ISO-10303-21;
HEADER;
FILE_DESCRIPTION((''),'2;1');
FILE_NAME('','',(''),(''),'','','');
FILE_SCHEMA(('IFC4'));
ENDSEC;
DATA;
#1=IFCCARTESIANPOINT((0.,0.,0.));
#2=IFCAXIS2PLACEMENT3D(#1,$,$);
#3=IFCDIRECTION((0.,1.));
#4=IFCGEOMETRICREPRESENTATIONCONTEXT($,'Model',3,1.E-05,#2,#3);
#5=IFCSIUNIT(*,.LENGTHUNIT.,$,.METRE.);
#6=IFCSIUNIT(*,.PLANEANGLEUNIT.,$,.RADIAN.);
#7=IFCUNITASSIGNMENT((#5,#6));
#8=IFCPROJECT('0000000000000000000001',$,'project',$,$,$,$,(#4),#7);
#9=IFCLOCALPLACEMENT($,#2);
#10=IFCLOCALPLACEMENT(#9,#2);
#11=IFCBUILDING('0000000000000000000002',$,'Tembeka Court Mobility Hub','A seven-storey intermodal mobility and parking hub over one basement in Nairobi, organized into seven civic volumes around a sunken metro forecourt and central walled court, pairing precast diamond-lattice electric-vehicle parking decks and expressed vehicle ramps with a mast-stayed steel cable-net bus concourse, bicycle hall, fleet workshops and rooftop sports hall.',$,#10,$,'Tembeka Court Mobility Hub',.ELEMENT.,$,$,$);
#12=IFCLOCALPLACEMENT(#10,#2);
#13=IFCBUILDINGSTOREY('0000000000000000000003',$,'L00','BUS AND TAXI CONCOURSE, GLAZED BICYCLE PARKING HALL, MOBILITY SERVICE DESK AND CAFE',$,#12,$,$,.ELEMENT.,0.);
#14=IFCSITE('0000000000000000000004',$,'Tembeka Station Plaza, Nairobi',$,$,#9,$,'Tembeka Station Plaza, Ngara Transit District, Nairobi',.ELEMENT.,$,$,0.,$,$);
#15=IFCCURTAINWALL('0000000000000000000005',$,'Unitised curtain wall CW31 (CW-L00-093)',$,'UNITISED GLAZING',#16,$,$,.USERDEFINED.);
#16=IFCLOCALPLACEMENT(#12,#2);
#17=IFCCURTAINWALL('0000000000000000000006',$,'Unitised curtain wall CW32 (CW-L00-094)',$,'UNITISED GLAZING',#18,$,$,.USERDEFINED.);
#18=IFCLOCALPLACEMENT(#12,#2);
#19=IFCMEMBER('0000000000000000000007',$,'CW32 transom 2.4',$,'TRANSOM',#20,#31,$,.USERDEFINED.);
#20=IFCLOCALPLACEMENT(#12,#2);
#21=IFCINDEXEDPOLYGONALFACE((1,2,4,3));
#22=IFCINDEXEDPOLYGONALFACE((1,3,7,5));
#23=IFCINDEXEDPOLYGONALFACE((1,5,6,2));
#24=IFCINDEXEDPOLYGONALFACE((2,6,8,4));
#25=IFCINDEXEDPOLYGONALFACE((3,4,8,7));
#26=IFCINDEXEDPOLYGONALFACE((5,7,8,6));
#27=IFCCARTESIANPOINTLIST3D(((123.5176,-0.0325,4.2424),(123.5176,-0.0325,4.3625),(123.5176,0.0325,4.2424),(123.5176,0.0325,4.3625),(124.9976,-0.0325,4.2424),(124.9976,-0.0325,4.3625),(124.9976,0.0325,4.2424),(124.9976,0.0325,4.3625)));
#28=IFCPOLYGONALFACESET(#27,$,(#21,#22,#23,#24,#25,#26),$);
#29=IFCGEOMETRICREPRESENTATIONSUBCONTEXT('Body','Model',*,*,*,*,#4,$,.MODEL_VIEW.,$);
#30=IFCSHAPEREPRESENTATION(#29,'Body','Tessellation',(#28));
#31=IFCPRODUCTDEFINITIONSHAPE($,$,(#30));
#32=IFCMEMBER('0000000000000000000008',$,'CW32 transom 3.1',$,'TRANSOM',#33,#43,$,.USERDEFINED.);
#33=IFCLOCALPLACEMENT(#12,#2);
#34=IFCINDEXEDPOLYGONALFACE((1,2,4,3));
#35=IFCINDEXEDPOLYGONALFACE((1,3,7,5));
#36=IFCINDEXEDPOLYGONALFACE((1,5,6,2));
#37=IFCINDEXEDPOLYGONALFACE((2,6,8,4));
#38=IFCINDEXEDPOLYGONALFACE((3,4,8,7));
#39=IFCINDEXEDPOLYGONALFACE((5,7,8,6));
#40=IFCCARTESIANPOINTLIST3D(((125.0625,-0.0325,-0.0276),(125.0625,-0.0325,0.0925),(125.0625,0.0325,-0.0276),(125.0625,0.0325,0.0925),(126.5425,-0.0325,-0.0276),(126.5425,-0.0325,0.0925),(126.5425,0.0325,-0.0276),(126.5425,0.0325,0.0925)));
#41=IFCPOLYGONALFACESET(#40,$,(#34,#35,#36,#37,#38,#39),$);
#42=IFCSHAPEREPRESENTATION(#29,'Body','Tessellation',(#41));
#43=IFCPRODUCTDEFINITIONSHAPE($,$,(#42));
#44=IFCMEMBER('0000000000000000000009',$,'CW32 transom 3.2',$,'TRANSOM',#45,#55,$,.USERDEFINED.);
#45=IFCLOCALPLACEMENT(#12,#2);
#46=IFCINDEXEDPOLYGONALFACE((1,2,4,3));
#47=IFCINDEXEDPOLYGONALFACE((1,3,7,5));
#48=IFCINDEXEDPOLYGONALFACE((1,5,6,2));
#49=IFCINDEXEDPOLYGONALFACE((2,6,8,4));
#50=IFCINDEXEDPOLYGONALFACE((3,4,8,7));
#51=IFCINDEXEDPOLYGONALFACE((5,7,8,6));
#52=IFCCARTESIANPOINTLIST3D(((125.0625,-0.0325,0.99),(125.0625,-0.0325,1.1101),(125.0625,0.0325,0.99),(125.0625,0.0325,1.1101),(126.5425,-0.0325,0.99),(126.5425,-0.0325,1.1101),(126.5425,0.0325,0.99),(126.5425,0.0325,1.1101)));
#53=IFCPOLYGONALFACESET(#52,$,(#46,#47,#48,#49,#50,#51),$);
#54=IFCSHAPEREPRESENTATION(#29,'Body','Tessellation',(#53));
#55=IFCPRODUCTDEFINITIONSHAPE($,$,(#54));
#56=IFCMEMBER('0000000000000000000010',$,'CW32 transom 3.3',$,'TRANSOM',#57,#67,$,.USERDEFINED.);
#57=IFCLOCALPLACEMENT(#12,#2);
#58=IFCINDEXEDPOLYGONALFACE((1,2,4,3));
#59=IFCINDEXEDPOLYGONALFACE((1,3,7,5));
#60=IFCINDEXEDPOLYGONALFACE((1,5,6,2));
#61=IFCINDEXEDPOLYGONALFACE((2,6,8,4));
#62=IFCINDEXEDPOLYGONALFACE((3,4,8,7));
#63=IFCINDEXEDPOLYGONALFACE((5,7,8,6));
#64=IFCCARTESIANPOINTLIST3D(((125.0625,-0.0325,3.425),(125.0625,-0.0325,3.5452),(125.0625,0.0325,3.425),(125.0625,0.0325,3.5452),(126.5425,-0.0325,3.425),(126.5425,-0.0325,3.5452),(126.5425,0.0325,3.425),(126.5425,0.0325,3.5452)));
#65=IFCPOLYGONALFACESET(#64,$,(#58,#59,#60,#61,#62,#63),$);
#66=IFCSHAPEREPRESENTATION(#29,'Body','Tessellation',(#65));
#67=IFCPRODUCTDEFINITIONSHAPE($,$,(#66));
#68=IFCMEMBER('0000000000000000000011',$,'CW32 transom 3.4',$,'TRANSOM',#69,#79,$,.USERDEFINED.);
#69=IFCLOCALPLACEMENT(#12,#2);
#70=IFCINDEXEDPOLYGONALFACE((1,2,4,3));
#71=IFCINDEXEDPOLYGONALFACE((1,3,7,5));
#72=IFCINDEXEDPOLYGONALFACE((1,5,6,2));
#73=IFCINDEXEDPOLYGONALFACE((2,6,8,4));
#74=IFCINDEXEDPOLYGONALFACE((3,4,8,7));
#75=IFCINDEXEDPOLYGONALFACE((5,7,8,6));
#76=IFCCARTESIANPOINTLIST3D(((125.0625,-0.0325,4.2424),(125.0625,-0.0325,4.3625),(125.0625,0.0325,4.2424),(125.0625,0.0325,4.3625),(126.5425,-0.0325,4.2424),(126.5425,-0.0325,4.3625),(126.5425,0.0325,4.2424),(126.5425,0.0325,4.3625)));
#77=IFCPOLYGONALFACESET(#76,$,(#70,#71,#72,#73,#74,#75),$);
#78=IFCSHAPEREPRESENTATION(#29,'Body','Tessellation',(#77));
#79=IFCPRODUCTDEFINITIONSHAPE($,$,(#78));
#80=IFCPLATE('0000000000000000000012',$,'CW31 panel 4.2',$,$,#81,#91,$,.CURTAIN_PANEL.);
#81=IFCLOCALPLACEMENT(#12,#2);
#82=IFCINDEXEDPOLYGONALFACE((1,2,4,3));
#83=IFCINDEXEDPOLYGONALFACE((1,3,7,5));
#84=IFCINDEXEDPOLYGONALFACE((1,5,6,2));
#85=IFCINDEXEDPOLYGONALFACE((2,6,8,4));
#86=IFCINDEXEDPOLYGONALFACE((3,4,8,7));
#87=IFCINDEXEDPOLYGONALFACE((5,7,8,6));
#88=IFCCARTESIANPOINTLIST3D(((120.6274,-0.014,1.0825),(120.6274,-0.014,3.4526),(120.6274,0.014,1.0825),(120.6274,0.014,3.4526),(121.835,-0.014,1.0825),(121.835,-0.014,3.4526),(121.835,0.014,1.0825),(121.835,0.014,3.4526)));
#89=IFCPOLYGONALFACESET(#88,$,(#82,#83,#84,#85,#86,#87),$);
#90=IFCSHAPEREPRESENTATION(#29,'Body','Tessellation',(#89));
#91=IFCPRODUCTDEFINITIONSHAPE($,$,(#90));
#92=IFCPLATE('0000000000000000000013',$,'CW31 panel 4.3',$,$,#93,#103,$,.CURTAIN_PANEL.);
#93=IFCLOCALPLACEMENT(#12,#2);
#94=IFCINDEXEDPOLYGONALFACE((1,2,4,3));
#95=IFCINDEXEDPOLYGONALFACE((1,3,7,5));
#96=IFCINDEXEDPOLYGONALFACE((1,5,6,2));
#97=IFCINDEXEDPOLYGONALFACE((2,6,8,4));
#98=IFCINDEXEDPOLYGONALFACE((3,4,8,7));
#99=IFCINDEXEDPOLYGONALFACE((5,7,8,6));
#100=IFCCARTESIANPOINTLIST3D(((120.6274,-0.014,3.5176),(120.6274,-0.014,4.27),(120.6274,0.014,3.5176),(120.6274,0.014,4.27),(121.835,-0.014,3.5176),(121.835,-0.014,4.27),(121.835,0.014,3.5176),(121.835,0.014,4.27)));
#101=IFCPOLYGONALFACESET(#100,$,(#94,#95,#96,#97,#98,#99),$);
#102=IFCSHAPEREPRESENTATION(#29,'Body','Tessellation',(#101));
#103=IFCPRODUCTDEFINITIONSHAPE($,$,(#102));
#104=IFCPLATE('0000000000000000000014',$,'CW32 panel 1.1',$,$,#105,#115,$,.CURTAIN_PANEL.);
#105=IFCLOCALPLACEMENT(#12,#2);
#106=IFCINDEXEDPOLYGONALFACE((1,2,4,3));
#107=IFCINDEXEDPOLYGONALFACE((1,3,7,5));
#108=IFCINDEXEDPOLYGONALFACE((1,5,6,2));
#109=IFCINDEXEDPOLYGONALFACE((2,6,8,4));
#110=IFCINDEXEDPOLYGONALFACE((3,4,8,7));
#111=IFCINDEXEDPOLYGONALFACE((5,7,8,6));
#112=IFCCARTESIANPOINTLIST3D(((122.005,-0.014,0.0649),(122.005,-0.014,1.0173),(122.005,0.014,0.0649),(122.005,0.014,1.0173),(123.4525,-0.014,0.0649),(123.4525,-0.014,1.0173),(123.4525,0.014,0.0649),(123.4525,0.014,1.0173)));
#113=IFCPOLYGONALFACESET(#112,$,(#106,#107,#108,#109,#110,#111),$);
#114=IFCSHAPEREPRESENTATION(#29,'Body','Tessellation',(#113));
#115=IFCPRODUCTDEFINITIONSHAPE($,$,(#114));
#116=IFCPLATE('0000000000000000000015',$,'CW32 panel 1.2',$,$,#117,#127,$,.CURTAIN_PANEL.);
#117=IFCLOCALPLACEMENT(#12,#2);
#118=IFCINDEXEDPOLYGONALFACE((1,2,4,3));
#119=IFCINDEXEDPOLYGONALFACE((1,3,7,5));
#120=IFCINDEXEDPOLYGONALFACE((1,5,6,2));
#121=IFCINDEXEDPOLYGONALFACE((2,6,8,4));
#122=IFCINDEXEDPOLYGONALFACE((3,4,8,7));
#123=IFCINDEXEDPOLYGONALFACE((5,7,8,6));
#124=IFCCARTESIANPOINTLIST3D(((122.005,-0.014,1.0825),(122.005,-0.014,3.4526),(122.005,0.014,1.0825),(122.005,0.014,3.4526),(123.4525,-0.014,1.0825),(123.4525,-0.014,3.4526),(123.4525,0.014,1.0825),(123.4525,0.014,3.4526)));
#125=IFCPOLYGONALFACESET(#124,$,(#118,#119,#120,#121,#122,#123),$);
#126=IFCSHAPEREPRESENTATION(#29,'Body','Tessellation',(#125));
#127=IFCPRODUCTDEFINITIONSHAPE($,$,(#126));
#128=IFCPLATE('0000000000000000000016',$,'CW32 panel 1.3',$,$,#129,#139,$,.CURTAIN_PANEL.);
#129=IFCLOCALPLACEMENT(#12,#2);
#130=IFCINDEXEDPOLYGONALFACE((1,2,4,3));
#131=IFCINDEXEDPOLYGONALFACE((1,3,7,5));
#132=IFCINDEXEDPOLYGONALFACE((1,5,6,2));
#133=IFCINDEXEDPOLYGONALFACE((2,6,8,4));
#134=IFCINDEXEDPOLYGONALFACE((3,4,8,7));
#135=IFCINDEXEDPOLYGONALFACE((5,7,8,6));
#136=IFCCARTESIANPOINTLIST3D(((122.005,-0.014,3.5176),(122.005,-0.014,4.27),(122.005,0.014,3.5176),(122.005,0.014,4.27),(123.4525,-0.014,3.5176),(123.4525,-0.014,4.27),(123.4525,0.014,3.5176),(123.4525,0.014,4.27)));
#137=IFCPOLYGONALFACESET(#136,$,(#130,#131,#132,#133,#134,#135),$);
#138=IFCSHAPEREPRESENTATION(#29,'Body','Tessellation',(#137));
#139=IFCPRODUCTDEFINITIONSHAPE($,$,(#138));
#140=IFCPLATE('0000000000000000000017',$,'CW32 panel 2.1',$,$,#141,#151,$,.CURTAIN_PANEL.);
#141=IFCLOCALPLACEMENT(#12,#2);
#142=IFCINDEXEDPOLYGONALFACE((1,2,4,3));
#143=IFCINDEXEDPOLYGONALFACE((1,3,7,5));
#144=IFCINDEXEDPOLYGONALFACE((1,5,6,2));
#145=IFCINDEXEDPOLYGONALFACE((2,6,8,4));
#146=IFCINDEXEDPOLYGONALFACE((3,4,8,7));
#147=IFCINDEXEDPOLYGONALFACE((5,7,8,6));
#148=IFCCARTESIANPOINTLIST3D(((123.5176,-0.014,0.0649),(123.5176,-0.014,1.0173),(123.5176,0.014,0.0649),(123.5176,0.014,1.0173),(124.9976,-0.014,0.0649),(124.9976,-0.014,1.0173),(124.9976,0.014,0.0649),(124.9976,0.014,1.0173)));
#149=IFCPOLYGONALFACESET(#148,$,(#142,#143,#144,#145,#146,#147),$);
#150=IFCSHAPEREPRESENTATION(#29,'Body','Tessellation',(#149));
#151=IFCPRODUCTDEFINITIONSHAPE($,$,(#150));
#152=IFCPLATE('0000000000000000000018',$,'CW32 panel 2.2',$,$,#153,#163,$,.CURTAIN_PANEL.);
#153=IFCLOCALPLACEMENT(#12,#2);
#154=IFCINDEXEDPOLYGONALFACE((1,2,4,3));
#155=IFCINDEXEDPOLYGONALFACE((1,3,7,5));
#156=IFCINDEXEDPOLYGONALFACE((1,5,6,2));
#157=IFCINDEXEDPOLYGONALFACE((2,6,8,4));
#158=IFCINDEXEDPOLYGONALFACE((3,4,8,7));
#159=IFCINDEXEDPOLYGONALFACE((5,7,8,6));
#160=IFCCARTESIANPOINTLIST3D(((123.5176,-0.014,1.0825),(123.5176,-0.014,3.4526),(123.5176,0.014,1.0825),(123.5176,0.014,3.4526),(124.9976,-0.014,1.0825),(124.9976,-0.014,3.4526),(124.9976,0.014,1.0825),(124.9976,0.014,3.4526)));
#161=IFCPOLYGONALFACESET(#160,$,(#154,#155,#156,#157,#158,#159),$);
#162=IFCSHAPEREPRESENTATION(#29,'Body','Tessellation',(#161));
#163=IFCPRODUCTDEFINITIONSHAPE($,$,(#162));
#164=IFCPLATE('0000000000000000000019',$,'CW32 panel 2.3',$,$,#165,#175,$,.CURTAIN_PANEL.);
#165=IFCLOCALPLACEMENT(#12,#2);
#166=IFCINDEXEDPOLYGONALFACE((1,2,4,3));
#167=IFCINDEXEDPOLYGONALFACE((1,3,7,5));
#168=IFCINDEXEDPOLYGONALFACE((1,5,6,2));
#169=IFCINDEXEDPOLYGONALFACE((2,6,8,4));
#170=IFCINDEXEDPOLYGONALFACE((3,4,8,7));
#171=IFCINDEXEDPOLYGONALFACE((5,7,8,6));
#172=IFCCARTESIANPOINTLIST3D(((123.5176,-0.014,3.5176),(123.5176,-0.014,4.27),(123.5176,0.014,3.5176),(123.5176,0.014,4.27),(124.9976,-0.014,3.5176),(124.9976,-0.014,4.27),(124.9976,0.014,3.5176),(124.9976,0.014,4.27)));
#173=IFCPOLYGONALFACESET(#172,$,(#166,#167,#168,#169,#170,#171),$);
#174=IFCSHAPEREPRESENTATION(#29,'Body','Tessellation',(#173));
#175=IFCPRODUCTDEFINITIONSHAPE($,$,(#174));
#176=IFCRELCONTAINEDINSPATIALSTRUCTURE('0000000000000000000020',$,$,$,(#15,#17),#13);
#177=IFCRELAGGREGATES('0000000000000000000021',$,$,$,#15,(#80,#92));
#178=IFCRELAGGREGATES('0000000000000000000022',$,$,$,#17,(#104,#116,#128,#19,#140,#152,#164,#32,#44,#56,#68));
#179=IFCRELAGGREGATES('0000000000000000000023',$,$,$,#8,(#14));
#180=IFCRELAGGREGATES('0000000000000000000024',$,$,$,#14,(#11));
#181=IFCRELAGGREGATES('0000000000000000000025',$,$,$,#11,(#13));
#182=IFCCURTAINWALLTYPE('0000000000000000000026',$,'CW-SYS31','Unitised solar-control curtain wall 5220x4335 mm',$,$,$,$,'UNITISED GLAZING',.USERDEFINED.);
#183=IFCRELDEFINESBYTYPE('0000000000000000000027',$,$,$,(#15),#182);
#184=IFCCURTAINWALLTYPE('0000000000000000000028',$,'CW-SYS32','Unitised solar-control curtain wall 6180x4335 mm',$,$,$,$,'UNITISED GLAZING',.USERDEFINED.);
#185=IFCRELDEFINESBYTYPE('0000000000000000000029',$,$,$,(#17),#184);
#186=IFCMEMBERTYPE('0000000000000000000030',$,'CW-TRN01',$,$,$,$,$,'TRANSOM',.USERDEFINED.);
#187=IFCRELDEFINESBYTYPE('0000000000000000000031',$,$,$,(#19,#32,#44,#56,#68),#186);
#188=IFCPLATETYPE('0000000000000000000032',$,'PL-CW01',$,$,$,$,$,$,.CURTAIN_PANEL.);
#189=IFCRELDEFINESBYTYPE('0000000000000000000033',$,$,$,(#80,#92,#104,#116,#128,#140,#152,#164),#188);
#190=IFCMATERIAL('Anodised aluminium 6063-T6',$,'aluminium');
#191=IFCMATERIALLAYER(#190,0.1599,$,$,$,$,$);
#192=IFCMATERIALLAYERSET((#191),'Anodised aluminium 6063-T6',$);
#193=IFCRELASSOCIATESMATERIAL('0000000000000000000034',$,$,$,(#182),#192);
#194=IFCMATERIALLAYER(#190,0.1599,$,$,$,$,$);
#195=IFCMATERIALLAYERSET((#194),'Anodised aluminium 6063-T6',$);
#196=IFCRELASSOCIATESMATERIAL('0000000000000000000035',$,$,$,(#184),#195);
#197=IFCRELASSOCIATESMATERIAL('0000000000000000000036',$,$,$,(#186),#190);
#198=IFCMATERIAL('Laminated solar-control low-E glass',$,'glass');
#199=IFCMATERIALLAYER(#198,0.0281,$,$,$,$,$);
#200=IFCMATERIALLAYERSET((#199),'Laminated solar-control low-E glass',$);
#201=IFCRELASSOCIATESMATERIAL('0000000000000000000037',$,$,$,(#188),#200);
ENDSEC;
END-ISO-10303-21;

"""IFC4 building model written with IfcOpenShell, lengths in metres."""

from ifc_helpers import new_model, si_unit, direction, frame, origin, origin_2d, place, context, subcontext, project, spatial, rectangle, extrude, material, layer, layer_set, material_profile, profile_set, type_object, element, aggregate, save


model = new_model("IFC4")

# Units and contexts
model_context = context("Model", 3, precision=1e-05, world=origin(), true_north=direction((0.0, 1.0)))
body_context = subcontext(model_context, "Body", "Model", "MODEL_VIEW")
ifc_project = project(units=[si_unit("LENGTHUNIT", "METRE"), si_unit("PLANEANGLEUNIT", "RADIAN")], contexts=[model_context])

# Site, building, storey
site_placement = place(None, origin())
site = spatial("IfcSite", under=ifc_project, at=site_placement, Name="Tembeka Station Plaza, Nairobi", LongName="Tembeka Station Plaza, Ngara Transit District, Nairobi", CompositionType="ELEMENT", RefElevation=0.0)
building_placement = place(site_placement, origin())
building = spatial("IfcBuilding", under=site, at=building_placement, Name="Tembeka Court Mobility Hub", Description="A seven-storey intermodal mobility and parking hub over one basement in Nairobi, organized into seven civic volumes around a sunken metro forecourt and central walled court, pairing precast diamond-lattice electric-vehicle parking decks and expressed vehicle ramps with a mast-stayed steel cable-net bus concourse, bicycle hall, fleet workshops and rooftop sports hall.", LongName="Tembeka Court Mobility Hub", CompositionType="ELEMENT")
storey_placement = place(building_placement, origin())
storey = spatial("IfcBuildingStorey", under=building, at=storey_placement, Name="L00", Description="BUS AND TAXI CONCOURSE, GLAZED BICYCLE PARKING HALL, MOBILITY SERVICE DESK AND CAFE", CompositionType="ELEMENT", Elevation=0.0)

# Curtain wall
ifc_material_1 = material(Name="Anodised aluminium 6063-T6", Category="aluminium")
ifc_layer_1 = layer(ifc_material_1, 0.1599)
ifc_layer_set_1 = layer_set([ifc_layer_1], Name="Anodised aluminium 6063-T6")
curtain_wall_type_1 = type_object("IfcCurtainWallType", Name="CW-SYS31", Description="Unitised solar-control curtain wall 5220x4335 mm", ElementType="UNITISED GLAZING", PredefinedType="USERDEFINED", material=ifc_layer_set_1)
curtain_wall_1_placement = place(storey_placement, origin())
curtain_wall_1 = element("IfcCurtainWall", 1, at=curtain_wall_1_placement, inside=storey, type_object=curtain_wall_type_1, Name="Unitised curtain wall CW31 (CW-L00-093)", ObjectType="UNITISED GLAZING", PredefinedType="USERDEFINED")

# Curtain wall, members
ifc_layer_2 = layer(ifc_material_1, 0.1599)
ifc_layer_set_2 = layer_set([ifc_layer_2], Name="Anodised aluminium 6063-T6")
curtain_wall_type_2 = type_object("IfcCurtainWallType", Name="CW-SYS32", Description="Unitised solar-control curtain wall 6180x4335 mm", ElementType="UNITISED GLAZING", PredefinedType="USERDEFINED", material=ifc_layer_set_2)
curtain_wall_2_placement = place(storey_placement, origin())
curtain_wall_2 = element("IfcCurtainWall", 2, at=curtain_wall_2_placement, inside=storey, type_object=curtain_wall_type_2, Name="Unitised curtain wall CW32 (CW-L00-094)", ObjectType="UNITISED GLAZING", PredefinedType="USERDEFINED")
ifc_material_profile_1 = material_profile(ifc_material_1, rectangle(XDim=0.0649, YDim=0.1201, at=origin_2d()), Name="ALU-TRN 65x120")
ifc_profile_set_1 = profile_set([ifc_material_profile_1], Name="Anodised aluminium 6063-T6")
member_type_1 = type_object("IfcMemberType", Name="CW-TRN01", ElementType="TRANSOM", PredefinedType="USERDEFINED", material=ifc_profile_set_1)
member_1_placement = place(storey_placement, frame((123.5176, 0.0, 4.3025), z_axis=(1.0, 0.0, 0.0), x_axis=(0.0, 1.0, 0.0)))
member_1 = element("IfcMember", 3, at=member_1_placement, type_object=member_type_1, Name="CW32 transom 2.4", ObjectType="TRANSOM", PredefinedType="USERDEFINED", context=body_context, shape_type="SweptSolid", body=[
    extrude(rectangle(XDim=0.0649, YDim=0.1201, at=origin_2d()), origin(), (0.0, 0.0, 1.0), 1.48),
])
member_2_placement = place(storey_placement, frame((125.0625, 0.0, 0.0325), z_axis=(1.0, 0.0, 0.0), x_axis=(0.0, 1.0, 0.0)))
member_2 = element("IfcMember", 4, at=member_2_placement, type_object=member_type_1, Name="CW32 transom 3.1", ObjectType="TRANSOM", PredefinedType="USERDEFINED", context=body_context, shape_type="SweptSolid", body=[
    extrude(rectangle(XDim=0.0649, YDim=0.1201, at=origin_2d()), origin(), (0.0, 0.0, 1.0), 1.48),
])
member_3_placement = place(storey_placement, frame((125.0625, 0.0, 1.05), z_axis=(1.0, 0.0, 0.0), x_axis=(0.0, 1.0, 0.0)))
member_3 = element("IfcMember", 5, at=member_3_placement, type_object=member_type_1, Name="CW32 transom 3.2", ObjectType="TRANSOM", PredefinedType="USERDEFINED", context=body_context, shape_type="SweptSolid", body=[
    extrude(rectangle(XDim=0.0649, YDim=0.1201, at=origin_2d()), origin(), (0.0, 0.0, 1.0), 1.48),
])
member_4_placement = place(storey_placement, frame((125.0625, 0.0, 3.4851), z_axis=(1.0, 0.0, 0.0), x_axis=(0.0, 1.0, 0.0)))
member_4 = element("IfcMember", 6, at=member_4_placement, type_object=member_type_1, Name="CW32 transom 3.3", ObjectType="TRANSOM", PredefinedType="USERDEFINED", context=body_context, shape_type="SweptSolid", body=[
    extrude(rectangle(XDim=0.0649, YDim=0.1201, at=origin_2d()), origin(), (0.0, 0.0, 1.0), 1.48),
])
member_5_placement = place(storey_placement, frame((125.0625, 0.0, 4.3025), z_axis=(1.0, 0.0, 0.0), x_axis=(0.0, 1.0, 0.0)))
member_5 = element("IfcMember", 7, at=member_5_placement, type_object=member_type_1, Name="CW32 transom 3.4", ObjectType="TRANSOM", PredefinedType="USERDEFINED", context=body_context, shape_type="SweptSolid", body=[
    extrude(rectangle(XDim=0.0649, YDim=0.1201, at=origin_2d()), origin(), (0.0, 0.0, 1.0), 1.48),
])

# Plates
ifc_material_2 = material(Name="Laminated solar-control low-E glass", Category="glass")
ifc_layer_3 = layer(ifc_material_2, 0.0281)
ifc_layer_set_3 = layer_set([ifc_layer_3], Name="Laminated solar-control low-E glass")
plate_type = type_object("IfcPlateType", Name="PL-CW01", PredefinedType="CURTAIN_PANEL", material=ifc_layer_set_3)
plate_1_placement = place(storey_placement, frame((121.2312, 0.0, 1.0825), z_axis=(0.0, 0.0, 1.0), x_axis=(1.0, 0.0, 0.0)))
plate_1 = element("IfcPlate", 8, at=plate_1_placement, type_object=plate_type, Name="CW31 panel 4.2", PredefinedType="CURTAIN_PANEL", context=body_context, shape_type="SweptSolid", body=[
    extrude(rectangle(XDim=1.2075, YDim=0.0281, at=origin_2d()), origin(), (0.0, 0.0, 1.0), 2.3701),
])
plate_2_placement = place(storey_placement, frame((121.2312, 0.0, 3.5176), z_axis=(0.0, 0.0, 1.0), x_axis=(1.0, 0.0, 0.0)))
plate_2 = element("IfcPlate", 9, at=plate_2_placement, type_object=plate_type, Name="CW31 panel 4.3", PredefinedType="CURTAIN_PANEL", context=body_context, shape_type="SweptSolid", body=[
    extrude(rectangle(XDim=1.2075, YDim=0.0281, at=origin_2d()), origin(), (0.0, 0.0, 1.0), 0.7524),
])
aggregate(curtain_wall_1, [plate_1, plate_2])
plate_3_placement = place(storey_placement, frame((122.7288, 0.0, 0.0649), z_axis=(0.0, 0.0, 1.0), x_axis=(1.0, 0.0, 0.0)))
plate_3 = element("IfcPlate", 10, at=plate_3_placement, type_object=plate_type, Name="CW32 panel 1.1", PredefinedType="CURTAIN_PANEL", context=body_context, shape_type="SweptSolid", body=[
    extrude(rectangle(XDim=1.4475, YDim=0.0281, at=origin_2d()), origin(), (0.0, 0.0, 1.0), 0.9524),
])
plate_4_placement = place(storey_placement, frame((122.7288, 0.0, 1.0825), z_axis=(0.0, 0.0, 1.0), x_axis=(1.0, 0.0, 0.0)))
plate_4 = element("IfcPlate", 11, at=plate_4_placement, type_object=plate_type, Name="CW32 panel 1.2", PredefinedType="CURTAIN_PANEL", context=body_context, shape_type="SweptSolid", body=[
    extrude(rectangle(XDim=1.4475, YDim=0.0281, at=origin_2d()), origin(), (0.0, 0.0, 1.0), 2.3701),
])
plate_5_placement = place(storey_placement, frame((122.7288, 0.0, 3.5176), z_axis=(0.0, 0.0, 1.0), x_axis=(1.0, 0.0, 0.0)))
plate_5 = element("IfcPlate", 12, at=plate_5_placement, type_object=plate_type, Name="CW32 panel 1.3", PredefinedType="CURTAIN_PANEL", context=body_context, shape_type="SweptSolid", body=[
    extrude(rectangle(XDim=1.4475, YDim=0.0281, at=origin_2d()), origin(), (0.0, 0.0, 1.0), 0.7524),
])
plate_6_placement = place(storey_placement, frame((124.2576, 0.0, 0.0649), z_axis=(0.0, 0.0, 1.0), x_axis=(1.0, 0.0, 0.0)))
plate_6 = element("IfcPlate", 13, at=plate_6_placement, type_object=plate_type, Name="CW32 panel 2.1", PredefinedType="CURTAIN_PANEL", context=body_context, shape_type="SweptSolid", body=[
    extrude(rectangle(XDim=1.48, YDim=0.0281, at=origin_2d()), origin(), (0.0, 0.0, 1.0), 0.9524),
])
plate_7_placement = place(storey_placement, frame((124.2576, 0.0, 1.0825), z_axis=(0.0, 0.0, 1.0), x_axis=(1.0, 0.0, 0.0)))
plate_7 = element("IfcPlate", 14, at=plate_7_placement, type_object=plate_type, Name="CW32 panel 2.2", PredefinedType="CURTAIN_PANEL", context=body_context, shape_type="SweptSolid", body=[
    extrude(rectangle(XDim=1.48, YDim=0.0281, at=origin_2d()), origin(), (0.0, 0.0, 1.0), 2.3701),
])
plate_8_placement = place(storey_placement, frame((124.2576, 0.0, 3.5176), z_axis=(0.0, 0.0, 1.0), x_axis=(1.0, 0.0, 0.0)))
plate_8 = element("IfcPlate", 15, at=plate_8_placement, type_object=plate_type, Name="CW32 panel 2.3", PredefinedType="CURTAIN_PANEL", context=body_context, shape_type="SweptSolid", body=[
    extrude(rectangle(XDim=1.48, YDim=0.0281, at=origin_2d()), origin(), (0.0, 0.0, 1.0), 0.7524),
])
aggregate(curtain_wall_2, [plate_3, plate_4, plate_5, member_1, plate_6, plate_7, plate_8, member_2, member_3, member_4, member_5])

save(model, "model.ifc")
